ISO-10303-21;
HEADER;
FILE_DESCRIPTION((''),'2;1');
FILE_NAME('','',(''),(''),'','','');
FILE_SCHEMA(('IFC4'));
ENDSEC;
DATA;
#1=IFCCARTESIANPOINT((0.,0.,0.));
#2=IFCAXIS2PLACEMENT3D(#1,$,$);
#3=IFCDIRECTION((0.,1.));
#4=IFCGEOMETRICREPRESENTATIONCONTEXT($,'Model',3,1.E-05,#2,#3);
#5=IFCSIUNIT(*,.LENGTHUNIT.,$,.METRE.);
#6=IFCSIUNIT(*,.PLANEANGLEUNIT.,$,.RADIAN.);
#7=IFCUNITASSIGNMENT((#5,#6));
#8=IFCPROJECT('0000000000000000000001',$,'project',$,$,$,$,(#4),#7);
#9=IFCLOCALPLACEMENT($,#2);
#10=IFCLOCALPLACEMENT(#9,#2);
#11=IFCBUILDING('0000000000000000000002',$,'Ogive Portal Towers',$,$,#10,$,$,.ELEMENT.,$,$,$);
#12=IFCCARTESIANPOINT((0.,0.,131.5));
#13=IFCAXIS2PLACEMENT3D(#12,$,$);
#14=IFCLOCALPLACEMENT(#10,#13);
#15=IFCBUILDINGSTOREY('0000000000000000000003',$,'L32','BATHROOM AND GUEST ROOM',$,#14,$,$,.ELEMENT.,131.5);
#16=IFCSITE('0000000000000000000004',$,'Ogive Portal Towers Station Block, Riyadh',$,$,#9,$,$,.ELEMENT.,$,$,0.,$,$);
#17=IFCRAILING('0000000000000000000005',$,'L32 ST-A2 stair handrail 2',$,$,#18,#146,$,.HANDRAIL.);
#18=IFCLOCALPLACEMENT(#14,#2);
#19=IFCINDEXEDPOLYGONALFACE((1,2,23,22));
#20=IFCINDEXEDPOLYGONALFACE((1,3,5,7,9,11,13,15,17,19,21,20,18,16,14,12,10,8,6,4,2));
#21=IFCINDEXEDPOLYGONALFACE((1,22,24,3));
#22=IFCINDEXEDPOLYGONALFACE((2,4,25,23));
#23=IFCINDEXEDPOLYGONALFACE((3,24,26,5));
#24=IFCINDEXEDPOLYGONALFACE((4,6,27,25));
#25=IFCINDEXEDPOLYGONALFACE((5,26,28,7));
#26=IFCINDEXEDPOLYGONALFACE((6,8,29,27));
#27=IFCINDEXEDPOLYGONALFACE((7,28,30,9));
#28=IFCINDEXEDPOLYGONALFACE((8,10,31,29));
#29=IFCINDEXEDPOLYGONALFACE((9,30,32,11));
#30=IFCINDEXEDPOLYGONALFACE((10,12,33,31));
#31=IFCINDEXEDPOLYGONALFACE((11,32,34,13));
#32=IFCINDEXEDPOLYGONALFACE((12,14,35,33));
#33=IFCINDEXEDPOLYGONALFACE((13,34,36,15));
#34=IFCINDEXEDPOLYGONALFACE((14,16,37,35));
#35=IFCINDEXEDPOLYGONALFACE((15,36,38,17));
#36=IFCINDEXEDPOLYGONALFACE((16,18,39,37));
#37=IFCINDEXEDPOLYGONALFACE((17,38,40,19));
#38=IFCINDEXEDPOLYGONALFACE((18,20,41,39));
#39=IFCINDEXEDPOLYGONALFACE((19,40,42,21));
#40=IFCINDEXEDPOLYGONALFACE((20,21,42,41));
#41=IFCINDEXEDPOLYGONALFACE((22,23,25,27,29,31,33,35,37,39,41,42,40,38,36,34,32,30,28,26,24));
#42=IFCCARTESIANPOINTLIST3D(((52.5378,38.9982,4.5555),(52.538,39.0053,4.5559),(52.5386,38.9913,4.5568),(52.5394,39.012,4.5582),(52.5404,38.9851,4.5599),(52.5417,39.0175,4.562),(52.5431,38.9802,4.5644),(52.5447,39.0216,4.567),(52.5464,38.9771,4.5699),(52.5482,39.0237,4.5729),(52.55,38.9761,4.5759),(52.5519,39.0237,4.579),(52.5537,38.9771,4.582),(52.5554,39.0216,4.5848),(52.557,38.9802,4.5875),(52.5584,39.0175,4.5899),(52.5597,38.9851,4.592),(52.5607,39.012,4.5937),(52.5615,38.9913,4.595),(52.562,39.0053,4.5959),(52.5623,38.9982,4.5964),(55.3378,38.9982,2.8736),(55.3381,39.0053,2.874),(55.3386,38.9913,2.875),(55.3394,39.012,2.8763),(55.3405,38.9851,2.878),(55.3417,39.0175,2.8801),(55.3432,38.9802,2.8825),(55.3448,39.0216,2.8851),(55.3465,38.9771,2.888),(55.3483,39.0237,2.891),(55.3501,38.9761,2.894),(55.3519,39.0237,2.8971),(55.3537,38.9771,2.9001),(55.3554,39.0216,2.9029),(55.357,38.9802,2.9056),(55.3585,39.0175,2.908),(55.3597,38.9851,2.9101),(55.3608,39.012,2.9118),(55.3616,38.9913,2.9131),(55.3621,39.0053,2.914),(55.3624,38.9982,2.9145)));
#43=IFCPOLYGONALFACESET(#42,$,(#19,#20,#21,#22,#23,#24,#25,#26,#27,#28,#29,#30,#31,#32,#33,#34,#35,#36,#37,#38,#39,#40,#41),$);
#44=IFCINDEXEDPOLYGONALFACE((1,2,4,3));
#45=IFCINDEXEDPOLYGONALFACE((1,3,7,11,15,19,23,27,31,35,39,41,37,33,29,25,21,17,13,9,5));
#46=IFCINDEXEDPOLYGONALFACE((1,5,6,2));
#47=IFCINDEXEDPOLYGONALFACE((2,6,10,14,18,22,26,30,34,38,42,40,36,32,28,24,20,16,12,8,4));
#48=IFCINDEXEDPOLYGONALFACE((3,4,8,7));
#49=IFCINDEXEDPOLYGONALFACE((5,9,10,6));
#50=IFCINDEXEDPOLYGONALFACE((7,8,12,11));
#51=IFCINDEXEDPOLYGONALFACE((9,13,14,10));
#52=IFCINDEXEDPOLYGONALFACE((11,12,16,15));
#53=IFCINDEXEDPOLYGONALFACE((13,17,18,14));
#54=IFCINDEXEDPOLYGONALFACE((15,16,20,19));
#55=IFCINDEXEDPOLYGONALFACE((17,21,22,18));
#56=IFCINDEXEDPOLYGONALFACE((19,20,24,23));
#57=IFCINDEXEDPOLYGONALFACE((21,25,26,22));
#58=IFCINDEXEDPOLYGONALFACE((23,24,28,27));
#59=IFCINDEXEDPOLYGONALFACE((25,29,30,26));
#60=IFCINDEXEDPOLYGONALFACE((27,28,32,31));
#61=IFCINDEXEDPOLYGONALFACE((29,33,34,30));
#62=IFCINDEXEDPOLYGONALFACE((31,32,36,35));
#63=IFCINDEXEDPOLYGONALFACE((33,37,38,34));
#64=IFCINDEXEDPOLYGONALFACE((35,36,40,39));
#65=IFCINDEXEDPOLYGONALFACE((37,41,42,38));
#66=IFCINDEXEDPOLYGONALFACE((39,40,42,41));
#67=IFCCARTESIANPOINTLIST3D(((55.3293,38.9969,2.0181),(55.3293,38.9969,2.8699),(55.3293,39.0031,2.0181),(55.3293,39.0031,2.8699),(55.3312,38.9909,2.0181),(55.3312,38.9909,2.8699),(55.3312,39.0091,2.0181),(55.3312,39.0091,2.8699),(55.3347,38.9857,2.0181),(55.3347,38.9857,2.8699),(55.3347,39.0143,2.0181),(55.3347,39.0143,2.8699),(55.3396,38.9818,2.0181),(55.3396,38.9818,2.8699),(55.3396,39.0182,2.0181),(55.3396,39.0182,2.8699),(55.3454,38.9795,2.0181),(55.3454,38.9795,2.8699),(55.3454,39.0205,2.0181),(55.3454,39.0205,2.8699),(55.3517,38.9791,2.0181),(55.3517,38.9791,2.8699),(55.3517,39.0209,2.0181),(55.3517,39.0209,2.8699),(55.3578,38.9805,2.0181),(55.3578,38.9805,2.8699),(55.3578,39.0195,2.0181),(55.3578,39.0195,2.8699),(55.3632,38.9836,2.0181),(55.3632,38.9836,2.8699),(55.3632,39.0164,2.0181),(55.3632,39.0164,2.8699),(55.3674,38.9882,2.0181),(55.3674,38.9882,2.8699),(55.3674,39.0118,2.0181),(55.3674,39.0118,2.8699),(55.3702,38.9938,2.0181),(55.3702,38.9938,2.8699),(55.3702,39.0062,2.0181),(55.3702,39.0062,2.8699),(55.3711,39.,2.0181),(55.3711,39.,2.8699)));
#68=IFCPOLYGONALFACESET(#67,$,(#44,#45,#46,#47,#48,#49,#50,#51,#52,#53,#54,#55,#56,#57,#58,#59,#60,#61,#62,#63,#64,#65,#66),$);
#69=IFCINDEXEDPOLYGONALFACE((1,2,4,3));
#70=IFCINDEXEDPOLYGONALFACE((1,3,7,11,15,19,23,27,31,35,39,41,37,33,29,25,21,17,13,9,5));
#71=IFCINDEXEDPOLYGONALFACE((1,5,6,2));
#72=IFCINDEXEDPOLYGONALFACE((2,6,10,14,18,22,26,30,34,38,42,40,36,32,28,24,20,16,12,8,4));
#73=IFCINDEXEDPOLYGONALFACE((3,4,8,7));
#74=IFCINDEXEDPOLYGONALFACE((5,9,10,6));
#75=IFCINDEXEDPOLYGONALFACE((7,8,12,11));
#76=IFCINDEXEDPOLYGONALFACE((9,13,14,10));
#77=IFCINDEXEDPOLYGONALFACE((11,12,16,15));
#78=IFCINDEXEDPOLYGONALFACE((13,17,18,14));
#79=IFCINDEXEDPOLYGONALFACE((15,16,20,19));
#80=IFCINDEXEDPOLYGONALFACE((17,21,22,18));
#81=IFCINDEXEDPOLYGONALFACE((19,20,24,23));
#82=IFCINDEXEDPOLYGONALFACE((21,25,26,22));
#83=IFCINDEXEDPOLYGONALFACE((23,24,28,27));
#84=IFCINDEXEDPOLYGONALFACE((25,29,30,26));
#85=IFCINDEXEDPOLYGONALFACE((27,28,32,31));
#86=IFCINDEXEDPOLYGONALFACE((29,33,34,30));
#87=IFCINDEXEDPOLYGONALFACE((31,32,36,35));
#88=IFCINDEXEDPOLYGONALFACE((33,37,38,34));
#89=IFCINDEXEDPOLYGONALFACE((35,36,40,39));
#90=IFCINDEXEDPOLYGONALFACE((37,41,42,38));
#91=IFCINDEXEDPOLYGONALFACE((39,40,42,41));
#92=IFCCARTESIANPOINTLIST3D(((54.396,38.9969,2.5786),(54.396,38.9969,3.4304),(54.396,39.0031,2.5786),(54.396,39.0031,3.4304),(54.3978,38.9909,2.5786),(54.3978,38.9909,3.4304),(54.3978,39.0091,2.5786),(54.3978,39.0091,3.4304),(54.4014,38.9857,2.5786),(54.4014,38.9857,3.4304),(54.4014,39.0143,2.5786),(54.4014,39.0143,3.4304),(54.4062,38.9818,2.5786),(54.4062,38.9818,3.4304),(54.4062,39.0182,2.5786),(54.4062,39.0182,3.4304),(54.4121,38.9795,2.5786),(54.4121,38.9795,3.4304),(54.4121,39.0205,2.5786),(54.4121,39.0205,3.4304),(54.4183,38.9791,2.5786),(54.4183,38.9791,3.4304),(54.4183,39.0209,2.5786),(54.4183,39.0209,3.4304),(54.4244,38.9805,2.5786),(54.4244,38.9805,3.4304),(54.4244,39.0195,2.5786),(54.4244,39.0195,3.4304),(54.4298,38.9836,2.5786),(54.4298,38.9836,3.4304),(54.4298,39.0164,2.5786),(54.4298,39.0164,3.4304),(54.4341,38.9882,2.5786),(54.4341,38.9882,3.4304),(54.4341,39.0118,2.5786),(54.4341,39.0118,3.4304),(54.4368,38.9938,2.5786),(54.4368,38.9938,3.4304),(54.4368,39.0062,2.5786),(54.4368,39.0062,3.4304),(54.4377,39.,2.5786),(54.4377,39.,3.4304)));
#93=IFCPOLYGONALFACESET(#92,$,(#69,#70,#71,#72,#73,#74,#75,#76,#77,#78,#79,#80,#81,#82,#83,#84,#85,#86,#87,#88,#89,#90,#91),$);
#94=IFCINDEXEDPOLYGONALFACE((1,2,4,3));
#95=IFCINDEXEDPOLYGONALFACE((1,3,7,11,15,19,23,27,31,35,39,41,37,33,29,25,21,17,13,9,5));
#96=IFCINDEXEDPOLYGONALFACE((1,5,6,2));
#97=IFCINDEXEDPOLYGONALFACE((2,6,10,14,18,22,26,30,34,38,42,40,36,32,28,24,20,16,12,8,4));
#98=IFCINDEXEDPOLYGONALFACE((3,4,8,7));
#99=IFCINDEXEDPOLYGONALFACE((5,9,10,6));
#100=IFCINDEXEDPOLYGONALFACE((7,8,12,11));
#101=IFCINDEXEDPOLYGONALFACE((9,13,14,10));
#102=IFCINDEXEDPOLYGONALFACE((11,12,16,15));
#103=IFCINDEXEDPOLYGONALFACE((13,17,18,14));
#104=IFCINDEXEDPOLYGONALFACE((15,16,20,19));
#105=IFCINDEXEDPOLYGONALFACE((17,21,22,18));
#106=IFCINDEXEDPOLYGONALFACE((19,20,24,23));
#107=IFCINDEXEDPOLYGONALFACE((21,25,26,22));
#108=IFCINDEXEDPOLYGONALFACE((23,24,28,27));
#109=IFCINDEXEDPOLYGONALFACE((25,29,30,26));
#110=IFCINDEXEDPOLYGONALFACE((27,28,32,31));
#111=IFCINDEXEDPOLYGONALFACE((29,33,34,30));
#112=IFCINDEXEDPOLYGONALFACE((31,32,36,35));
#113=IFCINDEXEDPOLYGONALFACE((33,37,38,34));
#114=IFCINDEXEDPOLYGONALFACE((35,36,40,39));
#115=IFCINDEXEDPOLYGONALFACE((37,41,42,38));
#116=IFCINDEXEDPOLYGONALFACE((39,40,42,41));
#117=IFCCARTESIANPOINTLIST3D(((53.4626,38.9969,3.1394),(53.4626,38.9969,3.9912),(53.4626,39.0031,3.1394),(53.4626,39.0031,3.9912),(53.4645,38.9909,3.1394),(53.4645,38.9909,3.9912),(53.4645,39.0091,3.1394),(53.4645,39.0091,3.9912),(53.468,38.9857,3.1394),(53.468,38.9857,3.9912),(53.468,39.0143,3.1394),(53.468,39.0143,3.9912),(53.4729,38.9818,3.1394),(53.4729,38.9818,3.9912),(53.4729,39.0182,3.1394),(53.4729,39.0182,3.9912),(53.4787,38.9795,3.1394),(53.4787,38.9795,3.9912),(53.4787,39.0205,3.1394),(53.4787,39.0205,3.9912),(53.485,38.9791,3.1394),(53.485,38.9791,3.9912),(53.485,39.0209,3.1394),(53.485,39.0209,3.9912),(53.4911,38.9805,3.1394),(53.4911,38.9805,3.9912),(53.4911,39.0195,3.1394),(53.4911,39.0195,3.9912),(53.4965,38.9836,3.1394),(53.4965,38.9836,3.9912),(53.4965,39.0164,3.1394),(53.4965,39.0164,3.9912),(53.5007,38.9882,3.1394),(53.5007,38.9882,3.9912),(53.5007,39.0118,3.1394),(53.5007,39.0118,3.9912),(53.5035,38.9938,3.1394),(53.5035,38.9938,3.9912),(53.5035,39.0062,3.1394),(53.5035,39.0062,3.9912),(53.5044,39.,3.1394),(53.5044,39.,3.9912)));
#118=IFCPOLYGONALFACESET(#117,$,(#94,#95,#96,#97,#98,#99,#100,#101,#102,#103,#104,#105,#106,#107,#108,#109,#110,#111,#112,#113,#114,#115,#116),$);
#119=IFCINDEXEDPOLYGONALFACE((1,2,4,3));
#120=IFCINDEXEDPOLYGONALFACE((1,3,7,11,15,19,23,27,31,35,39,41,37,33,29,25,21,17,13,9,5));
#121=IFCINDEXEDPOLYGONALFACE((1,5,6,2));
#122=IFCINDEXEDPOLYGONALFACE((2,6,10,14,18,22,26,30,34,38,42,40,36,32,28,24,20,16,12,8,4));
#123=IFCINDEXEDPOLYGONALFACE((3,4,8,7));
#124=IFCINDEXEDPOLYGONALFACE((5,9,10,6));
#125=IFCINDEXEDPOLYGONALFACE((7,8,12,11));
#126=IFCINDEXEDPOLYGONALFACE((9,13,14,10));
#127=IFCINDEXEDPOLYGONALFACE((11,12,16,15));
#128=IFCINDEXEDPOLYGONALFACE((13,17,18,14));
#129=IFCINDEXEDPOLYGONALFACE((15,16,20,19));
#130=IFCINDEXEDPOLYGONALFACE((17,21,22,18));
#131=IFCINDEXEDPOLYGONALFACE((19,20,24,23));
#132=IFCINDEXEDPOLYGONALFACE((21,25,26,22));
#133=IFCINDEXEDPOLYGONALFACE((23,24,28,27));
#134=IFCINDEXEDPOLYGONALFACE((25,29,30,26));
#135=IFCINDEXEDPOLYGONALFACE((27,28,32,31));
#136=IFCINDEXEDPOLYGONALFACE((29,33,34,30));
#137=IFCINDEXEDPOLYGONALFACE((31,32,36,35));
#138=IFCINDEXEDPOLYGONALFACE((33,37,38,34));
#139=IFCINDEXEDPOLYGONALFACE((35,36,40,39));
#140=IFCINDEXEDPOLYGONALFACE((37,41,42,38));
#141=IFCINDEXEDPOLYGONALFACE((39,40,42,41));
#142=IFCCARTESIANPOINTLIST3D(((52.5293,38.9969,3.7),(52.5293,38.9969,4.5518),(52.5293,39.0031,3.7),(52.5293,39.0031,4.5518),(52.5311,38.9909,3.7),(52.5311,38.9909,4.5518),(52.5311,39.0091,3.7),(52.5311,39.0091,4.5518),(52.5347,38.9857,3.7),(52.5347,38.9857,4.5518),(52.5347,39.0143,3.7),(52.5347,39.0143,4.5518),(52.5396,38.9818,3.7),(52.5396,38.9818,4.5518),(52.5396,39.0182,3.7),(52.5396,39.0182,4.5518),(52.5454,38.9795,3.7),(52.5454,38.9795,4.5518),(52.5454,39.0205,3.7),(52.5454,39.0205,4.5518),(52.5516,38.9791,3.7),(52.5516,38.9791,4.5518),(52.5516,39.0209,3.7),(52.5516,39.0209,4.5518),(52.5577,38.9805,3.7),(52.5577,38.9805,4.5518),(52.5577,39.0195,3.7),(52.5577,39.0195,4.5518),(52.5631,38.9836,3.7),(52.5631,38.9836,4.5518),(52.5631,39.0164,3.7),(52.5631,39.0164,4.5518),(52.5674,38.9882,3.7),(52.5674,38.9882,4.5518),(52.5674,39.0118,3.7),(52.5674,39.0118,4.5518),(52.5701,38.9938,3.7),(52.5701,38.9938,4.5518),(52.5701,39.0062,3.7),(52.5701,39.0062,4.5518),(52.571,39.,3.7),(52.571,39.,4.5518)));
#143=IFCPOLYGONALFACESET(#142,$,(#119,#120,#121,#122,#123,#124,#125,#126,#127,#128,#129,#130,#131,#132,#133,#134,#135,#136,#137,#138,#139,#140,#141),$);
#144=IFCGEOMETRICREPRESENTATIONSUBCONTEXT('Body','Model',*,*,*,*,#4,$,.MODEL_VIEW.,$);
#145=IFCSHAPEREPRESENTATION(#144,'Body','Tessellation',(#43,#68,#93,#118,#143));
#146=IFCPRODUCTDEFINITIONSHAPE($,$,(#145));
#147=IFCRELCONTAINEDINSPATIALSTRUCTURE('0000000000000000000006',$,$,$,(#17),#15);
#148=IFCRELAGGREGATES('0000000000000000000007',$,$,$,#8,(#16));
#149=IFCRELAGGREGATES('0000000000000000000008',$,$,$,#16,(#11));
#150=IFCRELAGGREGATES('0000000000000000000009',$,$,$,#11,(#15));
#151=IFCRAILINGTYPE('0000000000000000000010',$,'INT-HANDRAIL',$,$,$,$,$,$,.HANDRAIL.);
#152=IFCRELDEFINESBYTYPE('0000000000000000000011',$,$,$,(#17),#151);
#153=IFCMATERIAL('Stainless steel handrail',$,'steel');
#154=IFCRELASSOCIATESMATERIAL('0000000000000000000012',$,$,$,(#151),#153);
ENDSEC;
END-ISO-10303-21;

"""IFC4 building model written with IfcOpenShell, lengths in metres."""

from ifc_helpers import new_model, si_unit, direction, frame, origin, origin_2d, place, context, subcontext, project, spatial, circle, extrude, material, type_object, element, save


model = new_model("IFC4")

# Units and contexts
model_context = context("Model", 3, precision=1e-05, world=origin(), true_north=direction((0.0, 1.0)))
body_context = subcontext(model_context, "Body", "Model", "MODEL_VIEW")
ifc_project = project(units=[si_unit("LENGTHUNIT", "METRE"), si_unit("PLANEANGLEUNIT", "RADIAN")], contexts=[model_context])

# Site, building, storey
site_placement = place(None, origin())
site = spatial("IfcSite", under=ifc_project, at=site_placement, Name="Ogive Portal Towers Station Block, Riyadh", CompositionType="ELEMENT", RefElevation=0.0)
building_placement = place(site_placement, origin())
building = spatial("IfcBuilding", under=site, at=building_placement, Name="Ogive Portal Towers", CompositionType="ELEMENT")
storey_placement = place(building_placement, frame((0.0, 0.0, 131.5)))
storey = spatial("IfcBuildingStorey", under=building, at=storey_placement, Name="L32", Description="BATHROOM AND GUEST ROOM", CompositionType="ELEMENT", Elevation=131.5)

# Railing
ifc_material_1 = material(Name="Stainless steel handrail", Category="steel")
railing_type_1 = type_object("IfcRailingType", Name="INT-HANDRAIL", PredefinedType="HANDRAIL", material=ifc_material_1)
railing_1_placement = place(storey_placement, frame((55.3501, 39.0, 2.0181)))
element("IfcRailing", 1, at=railing_1_placement, inside=storey, type_object=railing_type_1, Name="L32 ST-A2 stair handrail 2", PredefinedType="HANDRAIL", context=body_context, shape_type="SweptSolid", body=[
    extrude(circle(Radius=0.0239, at=origin_2d()), frame((0.0, 0.0, 0.876), z_axis=(-0.857242, 0.0, 0.514913), x_axis=(0.0, -1.0, 0.0)), (0.0, 0.0, 1.0), 3.2664),
    extrude(circle(Radius=0.021, at=origin_2d()), origin(), (0.0, 0.0, 1.0), 0.8518),
    extrude(circle(Radius=0.021, at=origin_2d()), frame((-0.9333, 0.0, 0.5605)), (0.0, 0.0, 1.0), 0.8518),
    extrude(circle(Radius=0.021, at=origin_2d()), frame((-1.8667, 0.0, 1.1213)), (0.0, 0.0, 1.0), 0.8518),
    extrude(circle(Radius=0.021, at=origin_2d()), frame((-2.8, 0.0, 1.6819)), (0.0, 0.0, 1.0), 0.8518),
])

save(model, "model.ifc")
